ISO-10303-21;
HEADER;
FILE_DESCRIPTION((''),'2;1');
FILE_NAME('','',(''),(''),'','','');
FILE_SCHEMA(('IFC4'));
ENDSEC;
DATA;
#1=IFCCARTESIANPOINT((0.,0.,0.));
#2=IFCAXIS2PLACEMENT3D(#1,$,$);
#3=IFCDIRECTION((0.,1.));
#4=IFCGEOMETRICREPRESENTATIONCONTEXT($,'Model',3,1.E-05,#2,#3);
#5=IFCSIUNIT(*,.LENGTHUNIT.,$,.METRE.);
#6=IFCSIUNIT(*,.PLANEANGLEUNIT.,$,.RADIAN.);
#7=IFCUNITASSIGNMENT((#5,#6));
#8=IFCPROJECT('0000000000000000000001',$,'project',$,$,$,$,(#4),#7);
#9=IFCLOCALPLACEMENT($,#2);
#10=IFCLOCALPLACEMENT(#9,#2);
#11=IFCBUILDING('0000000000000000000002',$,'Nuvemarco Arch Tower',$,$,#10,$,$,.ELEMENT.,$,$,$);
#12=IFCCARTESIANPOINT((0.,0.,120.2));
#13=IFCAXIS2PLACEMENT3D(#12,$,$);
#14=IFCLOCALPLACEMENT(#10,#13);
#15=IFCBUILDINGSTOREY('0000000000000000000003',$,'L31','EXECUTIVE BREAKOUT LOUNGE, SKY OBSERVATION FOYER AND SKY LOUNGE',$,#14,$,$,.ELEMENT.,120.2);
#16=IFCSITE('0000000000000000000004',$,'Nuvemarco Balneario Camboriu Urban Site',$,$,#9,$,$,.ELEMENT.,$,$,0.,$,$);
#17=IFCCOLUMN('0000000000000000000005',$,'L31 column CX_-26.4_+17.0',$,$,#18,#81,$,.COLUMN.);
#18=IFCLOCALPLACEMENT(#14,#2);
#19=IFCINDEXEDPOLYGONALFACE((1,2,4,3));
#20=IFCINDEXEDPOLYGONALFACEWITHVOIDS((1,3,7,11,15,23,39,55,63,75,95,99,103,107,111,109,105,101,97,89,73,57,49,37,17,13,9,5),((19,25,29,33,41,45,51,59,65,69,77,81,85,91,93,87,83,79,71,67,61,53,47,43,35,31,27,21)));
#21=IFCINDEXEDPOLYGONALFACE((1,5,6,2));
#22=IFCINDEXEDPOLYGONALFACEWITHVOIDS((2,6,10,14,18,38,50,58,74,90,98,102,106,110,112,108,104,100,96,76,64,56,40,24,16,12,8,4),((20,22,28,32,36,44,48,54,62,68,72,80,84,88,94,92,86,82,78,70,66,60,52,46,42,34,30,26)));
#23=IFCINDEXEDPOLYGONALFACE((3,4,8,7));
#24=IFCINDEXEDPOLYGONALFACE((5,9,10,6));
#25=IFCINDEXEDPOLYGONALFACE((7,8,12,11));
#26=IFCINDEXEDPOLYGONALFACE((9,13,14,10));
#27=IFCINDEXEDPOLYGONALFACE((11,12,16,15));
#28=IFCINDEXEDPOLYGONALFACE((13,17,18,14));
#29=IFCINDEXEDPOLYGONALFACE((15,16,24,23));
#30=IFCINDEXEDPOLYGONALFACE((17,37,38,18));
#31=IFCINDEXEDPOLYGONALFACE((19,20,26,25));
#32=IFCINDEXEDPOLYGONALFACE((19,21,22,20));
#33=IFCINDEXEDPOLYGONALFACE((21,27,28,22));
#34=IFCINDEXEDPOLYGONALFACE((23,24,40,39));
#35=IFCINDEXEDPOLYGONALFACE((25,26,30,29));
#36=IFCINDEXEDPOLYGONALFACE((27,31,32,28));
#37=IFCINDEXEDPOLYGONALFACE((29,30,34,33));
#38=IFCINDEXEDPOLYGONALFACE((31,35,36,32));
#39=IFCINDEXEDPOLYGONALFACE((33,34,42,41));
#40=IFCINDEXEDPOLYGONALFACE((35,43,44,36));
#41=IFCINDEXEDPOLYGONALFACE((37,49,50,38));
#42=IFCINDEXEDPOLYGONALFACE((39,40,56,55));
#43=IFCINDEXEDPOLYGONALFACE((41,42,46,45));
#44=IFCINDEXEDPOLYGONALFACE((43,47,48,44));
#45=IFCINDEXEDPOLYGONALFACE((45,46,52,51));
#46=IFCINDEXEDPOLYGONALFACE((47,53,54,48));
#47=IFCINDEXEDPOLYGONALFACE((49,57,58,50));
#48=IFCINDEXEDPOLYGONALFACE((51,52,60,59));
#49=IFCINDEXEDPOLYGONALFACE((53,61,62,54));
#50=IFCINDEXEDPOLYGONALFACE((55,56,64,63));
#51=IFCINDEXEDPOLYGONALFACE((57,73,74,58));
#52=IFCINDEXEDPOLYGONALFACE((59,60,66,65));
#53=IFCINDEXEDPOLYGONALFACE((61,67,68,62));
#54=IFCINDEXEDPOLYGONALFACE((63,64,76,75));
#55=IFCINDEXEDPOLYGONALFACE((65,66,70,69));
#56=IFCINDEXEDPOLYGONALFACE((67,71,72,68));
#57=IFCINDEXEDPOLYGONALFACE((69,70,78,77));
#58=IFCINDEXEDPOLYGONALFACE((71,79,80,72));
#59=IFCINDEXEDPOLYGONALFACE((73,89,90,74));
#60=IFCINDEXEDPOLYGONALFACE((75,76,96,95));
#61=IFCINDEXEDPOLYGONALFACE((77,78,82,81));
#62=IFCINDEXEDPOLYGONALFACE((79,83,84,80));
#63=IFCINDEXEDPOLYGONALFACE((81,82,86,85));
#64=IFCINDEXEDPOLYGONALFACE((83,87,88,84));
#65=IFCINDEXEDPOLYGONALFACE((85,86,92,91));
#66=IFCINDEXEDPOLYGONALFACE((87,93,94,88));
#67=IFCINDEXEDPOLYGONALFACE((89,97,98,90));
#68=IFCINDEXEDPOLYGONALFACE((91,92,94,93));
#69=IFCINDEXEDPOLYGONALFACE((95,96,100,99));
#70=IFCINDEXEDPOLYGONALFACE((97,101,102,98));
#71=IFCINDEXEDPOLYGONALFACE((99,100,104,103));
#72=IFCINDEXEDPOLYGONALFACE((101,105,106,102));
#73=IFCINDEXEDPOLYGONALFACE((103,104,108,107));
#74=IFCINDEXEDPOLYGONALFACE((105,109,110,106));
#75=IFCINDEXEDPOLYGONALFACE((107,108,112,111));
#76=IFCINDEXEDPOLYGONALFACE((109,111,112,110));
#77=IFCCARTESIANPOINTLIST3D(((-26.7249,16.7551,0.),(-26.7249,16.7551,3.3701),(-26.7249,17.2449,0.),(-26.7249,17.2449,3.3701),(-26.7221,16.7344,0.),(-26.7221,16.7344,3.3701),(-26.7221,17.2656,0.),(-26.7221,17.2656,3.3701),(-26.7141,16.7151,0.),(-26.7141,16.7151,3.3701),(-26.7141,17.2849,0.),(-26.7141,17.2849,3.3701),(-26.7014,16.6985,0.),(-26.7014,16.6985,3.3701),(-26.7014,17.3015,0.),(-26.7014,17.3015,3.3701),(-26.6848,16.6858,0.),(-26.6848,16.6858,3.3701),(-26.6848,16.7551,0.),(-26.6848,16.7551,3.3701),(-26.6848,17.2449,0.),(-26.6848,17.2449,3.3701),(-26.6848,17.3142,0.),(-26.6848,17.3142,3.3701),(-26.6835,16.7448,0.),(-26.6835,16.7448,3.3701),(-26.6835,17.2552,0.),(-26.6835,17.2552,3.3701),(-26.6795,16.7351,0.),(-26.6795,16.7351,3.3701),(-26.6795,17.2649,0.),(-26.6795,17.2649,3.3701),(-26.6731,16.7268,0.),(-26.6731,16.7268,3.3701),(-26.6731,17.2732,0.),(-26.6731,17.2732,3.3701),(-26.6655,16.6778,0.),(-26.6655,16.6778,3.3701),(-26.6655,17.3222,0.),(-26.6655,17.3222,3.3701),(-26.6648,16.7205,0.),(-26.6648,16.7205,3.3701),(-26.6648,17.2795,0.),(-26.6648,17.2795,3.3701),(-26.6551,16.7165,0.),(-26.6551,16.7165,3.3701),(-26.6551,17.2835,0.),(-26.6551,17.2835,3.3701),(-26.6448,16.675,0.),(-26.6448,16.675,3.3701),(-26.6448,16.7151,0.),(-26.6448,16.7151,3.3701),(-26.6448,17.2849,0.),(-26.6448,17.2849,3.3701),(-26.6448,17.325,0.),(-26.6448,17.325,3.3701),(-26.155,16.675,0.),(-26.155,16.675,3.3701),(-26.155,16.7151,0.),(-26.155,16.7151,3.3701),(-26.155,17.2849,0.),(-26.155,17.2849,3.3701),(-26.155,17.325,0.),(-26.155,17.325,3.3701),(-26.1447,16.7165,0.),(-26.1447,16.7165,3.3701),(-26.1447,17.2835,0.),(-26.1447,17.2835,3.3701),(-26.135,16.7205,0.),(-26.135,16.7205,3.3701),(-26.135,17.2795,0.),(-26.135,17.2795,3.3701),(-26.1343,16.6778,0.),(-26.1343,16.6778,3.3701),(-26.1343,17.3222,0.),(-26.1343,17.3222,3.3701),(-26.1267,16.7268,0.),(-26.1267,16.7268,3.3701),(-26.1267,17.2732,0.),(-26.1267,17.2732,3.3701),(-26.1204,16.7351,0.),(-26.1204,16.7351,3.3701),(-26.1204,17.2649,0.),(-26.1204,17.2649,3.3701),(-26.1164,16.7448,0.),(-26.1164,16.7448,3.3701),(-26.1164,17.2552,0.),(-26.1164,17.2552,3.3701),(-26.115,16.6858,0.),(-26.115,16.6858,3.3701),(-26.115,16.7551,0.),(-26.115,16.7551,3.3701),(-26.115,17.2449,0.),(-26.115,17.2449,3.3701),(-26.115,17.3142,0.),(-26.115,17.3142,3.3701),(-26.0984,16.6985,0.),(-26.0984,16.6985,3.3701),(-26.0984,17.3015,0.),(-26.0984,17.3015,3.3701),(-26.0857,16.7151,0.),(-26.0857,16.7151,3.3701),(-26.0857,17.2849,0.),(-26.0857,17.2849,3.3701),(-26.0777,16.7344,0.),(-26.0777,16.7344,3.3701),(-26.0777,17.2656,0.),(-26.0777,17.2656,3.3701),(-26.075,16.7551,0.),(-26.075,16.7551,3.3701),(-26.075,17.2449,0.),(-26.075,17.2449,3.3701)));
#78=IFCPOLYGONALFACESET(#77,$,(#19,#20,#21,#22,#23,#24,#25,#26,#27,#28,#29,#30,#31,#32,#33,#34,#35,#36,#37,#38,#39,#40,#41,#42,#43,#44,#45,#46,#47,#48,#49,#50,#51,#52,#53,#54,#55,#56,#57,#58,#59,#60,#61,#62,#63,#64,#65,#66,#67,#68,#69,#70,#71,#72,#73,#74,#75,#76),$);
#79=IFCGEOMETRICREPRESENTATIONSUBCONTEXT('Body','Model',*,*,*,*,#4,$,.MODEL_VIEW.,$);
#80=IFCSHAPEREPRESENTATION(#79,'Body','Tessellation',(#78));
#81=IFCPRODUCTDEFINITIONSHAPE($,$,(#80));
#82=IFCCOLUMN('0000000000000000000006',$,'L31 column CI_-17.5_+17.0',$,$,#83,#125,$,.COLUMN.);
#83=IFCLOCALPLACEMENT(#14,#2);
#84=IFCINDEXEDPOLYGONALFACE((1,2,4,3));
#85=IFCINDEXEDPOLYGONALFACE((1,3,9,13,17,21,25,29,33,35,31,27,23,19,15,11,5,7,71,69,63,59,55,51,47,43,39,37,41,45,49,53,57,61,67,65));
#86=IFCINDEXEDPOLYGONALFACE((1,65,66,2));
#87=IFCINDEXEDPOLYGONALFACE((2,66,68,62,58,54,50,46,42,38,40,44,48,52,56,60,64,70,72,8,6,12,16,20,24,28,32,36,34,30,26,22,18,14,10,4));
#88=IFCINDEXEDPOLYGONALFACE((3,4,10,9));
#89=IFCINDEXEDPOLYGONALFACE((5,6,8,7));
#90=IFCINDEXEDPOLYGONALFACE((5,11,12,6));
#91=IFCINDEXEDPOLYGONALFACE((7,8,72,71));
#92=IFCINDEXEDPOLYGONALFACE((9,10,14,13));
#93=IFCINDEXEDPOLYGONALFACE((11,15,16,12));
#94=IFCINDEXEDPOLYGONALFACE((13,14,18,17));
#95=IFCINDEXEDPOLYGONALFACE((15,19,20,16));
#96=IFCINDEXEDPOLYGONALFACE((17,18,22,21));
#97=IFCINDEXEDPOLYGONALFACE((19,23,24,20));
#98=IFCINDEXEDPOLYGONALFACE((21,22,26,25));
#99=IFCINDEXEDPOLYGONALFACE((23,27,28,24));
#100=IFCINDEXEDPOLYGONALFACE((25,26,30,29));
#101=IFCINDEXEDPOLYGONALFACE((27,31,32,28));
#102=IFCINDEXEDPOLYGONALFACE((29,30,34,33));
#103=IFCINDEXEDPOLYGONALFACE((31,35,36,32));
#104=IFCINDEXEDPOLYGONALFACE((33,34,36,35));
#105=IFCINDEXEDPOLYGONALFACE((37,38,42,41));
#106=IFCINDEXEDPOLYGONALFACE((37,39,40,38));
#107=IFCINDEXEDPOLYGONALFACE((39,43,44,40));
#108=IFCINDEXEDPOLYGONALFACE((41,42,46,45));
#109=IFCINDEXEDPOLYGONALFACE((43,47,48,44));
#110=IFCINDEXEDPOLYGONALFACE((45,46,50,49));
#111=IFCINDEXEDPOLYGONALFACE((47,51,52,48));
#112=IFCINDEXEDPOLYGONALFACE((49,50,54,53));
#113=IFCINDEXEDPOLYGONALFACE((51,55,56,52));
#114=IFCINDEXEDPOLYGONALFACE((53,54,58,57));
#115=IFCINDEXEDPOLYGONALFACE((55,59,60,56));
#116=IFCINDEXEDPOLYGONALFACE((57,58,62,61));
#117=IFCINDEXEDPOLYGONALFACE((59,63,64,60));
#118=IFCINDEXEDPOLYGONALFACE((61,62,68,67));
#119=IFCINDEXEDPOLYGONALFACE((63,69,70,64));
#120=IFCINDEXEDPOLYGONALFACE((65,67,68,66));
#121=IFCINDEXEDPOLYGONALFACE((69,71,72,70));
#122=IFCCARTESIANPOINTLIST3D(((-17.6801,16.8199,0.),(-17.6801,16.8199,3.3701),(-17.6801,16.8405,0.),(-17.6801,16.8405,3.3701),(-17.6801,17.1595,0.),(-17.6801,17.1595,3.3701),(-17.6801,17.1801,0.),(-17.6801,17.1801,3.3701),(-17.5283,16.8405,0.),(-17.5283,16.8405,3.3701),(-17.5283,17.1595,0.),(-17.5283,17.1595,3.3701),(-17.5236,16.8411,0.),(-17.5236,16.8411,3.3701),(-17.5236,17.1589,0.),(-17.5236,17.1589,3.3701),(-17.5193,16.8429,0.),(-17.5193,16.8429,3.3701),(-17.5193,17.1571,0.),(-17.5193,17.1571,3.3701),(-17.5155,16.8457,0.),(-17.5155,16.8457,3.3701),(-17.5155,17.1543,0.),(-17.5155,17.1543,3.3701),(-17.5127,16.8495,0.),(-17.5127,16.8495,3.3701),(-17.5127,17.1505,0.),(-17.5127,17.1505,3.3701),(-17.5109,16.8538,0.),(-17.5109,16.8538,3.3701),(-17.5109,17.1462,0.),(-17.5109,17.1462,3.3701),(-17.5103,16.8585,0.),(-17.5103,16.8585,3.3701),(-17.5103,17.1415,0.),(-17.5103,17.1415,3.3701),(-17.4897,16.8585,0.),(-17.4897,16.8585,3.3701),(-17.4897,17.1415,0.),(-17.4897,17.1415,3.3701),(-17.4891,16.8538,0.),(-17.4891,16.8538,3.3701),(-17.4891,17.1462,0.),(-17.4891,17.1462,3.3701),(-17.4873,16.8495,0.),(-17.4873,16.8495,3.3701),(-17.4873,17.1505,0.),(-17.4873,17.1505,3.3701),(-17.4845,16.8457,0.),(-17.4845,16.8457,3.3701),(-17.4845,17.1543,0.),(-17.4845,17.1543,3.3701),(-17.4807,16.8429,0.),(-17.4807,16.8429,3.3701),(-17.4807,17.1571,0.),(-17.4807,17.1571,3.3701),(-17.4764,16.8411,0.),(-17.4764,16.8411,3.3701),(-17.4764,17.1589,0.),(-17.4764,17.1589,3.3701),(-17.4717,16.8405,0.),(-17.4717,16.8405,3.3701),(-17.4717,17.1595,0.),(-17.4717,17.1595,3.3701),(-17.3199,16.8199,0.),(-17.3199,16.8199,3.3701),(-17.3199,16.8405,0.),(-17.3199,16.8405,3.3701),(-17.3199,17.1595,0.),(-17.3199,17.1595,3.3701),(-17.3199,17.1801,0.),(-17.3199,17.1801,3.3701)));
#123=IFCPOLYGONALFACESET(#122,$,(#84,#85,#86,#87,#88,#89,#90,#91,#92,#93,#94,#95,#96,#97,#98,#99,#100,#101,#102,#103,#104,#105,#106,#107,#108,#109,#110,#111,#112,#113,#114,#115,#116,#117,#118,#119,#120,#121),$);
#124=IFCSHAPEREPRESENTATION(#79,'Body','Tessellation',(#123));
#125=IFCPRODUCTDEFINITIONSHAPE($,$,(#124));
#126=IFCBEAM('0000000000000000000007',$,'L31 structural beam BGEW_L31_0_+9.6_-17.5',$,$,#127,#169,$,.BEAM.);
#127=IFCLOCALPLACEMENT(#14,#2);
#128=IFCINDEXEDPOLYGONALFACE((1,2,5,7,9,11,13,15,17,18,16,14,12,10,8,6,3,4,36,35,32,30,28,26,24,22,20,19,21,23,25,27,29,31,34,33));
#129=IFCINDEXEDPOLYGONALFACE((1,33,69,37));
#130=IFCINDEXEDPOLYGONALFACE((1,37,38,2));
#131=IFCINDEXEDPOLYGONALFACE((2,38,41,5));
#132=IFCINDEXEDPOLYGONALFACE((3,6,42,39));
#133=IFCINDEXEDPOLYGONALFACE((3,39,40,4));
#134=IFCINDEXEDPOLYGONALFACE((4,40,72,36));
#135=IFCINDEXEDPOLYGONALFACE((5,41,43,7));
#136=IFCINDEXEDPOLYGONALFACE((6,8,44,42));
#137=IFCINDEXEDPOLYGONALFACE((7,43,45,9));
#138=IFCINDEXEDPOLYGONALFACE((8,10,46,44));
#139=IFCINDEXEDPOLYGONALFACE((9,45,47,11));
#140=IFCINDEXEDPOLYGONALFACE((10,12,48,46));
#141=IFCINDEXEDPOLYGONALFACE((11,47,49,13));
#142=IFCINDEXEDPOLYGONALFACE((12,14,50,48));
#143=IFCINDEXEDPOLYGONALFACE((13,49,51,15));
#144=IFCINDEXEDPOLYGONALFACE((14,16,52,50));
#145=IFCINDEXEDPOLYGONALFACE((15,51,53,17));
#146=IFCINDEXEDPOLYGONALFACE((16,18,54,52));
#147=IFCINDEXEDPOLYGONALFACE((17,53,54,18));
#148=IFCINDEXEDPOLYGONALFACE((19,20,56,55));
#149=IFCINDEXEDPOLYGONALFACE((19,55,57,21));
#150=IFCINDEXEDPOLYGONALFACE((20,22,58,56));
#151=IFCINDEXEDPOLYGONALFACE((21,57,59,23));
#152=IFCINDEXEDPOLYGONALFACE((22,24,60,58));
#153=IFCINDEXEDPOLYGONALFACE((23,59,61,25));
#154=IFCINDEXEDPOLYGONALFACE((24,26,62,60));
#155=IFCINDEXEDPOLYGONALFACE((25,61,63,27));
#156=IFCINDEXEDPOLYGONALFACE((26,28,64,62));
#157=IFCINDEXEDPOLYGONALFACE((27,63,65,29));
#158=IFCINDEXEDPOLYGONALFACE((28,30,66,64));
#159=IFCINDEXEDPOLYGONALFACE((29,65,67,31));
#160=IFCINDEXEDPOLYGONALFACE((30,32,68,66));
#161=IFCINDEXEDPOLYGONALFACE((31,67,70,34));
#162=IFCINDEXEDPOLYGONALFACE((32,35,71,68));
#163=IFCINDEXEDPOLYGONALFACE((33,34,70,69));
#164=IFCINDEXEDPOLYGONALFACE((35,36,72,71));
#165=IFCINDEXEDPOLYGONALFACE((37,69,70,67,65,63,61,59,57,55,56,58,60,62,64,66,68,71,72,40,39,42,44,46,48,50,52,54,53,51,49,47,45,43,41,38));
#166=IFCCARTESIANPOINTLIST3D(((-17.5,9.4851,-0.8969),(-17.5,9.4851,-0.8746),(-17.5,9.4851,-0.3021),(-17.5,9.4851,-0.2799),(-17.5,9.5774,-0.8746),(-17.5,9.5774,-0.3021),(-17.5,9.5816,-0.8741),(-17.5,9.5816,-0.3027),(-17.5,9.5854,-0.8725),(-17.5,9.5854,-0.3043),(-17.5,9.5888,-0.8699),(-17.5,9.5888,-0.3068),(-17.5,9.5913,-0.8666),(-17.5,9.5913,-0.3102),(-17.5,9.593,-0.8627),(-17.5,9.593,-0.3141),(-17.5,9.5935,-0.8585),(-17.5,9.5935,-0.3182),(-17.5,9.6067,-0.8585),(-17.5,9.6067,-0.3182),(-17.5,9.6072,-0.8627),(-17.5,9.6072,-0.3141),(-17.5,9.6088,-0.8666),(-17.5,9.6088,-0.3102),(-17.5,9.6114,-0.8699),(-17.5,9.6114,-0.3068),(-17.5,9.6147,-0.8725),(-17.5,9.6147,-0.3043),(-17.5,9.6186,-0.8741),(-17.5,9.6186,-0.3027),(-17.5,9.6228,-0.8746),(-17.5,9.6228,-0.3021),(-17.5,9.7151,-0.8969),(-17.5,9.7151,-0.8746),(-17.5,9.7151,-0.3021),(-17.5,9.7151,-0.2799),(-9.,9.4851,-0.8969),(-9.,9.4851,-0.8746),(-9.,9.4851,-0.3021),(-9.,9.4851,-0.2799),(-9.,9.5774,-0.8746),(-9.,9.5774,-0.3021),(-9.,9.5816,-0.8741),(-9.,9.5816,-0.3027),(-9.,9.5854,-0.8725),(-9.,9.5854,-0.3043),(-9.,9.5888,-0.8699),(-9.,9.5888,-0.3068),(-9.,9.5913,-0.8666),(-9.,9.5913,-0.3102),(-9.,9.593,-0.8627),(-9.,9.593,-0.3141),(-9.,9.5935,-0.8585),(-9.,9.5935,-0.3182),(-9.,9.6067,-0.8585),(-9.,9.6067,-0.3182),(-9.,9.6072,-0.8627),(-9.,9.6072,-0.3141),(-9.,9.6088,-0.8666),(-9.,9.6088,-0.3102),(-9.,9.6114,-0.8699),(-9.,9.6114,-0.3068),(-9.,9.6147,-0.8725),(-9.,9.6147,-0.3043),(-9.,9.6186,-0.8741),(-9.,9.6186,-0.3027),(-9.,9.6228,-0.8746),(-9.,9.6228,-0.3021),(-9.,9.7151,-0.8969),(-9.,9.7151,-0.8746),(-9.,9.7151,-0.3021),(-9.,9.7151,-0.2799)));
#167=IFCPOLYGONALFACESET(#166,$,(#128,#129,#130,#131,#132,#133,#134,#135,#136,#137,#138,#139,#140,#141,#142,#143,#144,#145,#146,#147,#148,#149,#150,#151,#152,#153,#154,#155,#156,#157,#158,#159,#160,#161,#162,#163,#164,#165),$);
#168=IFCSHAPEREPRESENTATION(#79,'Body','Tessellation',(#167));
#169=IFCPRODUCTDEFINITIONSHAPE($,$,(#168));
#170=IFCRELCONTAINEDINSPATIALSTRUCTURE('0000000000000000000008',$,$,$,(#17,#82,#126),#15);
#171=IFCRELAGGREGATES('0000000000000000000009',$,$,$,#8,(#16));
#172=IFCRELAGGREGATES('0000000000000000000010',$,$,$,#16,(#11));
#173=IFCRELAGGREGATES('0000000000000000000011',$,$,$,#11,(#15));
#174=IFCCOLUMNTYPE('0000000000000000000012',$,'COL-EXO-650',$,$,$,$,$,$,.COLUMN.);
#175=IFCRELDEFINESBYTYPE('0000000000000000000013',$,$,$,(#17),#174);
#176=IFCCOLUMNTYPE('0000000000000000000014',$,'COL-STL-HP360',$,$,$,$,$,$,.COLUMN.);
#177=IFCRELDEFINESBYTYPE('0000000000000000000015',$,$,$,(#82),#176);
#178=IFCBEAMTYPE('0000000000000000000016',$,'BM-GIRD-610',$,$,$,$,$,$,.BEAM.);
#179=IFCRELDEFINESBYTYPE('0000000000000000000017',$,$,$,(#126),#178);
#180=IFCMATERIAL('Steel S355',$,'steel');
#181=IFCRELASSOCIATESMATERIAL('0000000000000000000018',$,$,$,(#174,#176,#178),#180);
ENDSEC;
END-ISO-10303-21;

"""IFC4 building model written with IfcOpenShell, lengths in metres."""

from ifc_helpers import new_model, si_unit, direction, frame, origin, origin_2d, place, context, subcontext, project, spatial, hollow_rectangle, i_section, extrude, material, material_profile, profile_set, type_object, element, save


model = new_model("IFC4")

# Units and contexts
model_context = context("Model", 3, precision=1e-05, world=origin(), true_north=direction((0.0, 1.0)))
body_context = subcontext(model_context, "Body", "Model", "MODEL_VIEW")
ifc_project = project(units=[si_unit("LENGTHUNIT", "METRE"), si_unit("PLANEANGLEUNIT", "RADIAN")], contexts=[model_context])

# Site, building, storey
site_placement = place(None, origin())
site = spatial("IfcSite", under=ifc_project, at=site_placement, Name="Nuvemarco Balneario Camboriu Urban Site", CompositionType="ELEMENT", RefElevation=0.0)
building_placement = place(site_placement, origin())
building = spatial("IfcBuilding", under=site, at=building_placement, Name="Nuvemarco Arch Tower", CompositionType="ELEMENT")
storey_placement = place(building_placement, frame((0.0, 0.0, 120.2)))
storey = spatial("IfcBuildingStorey", under=building, at=storey_placement, Name="L31", Description="EXECUTIVE BREAKOUT LOUNGE, SKY OBSERVATION FOYER AND SKY LOUNGE", CompositionType="ELEMENT", Elevation=120.2)

# Columns
ifc_material_1 = material(Name="Steel S355", Category="steel")
ifc_material_profile_1 = material_profile(ifc_material_1, hollow_rectangle(XDim=0.6499, YDim=0.6499, WallThickness=0.04, InnerFilletRadius=0.04, OuterFilletRadius=0.0801, at=origin_2d()), Name="SHS650x650x40")
ifc_profile_set_1 = profile_set([ifc_material_profile_1], Name="Steel S355")
column_type_1 = type_object("IfcColumnType", Name="COL-EXO-650", PredefinedType="COLUMN", material=ifc_profile_set_1)
column_1_placement = place(storey_placement, frame((-26.3999, 17.0, 0.0), z_axis=(0.0, 0.0, 1.0), x_axis=(1.0, 0.0, 0.0)))
element("IfcColumn", 1, at=column_1_placement, inside=storey, type_object=column_type_1, Name="L31 column CX_-26.4_+17.0", PredefinedType="COLUMN", context=body_context, shape_type="SweptSolid", body=[
    extrude(hollow_rectangle(XDim=0.6499, YDim=0.6499, WallThickness=0.04, InnerFilletRadius=0.04, OuterFilletRadius=0.0801, at=origin_2d()), origin(), (0.0, 0.0, 1.0), 3.3701),
])
ifc_material_profile_2 = material_profile(ifc_material_1, i_section(OverallWidth=0.3601, OverallDepth=0.3601, WebThickness=0.0205, FlangeThickness=0.0205, FilletRadius=0.0181, at=origin_2d()), Name="HP360x174")
ifc_profile_set_2 = profile_set([ifc_material_profile_2], Name="Steel S355")
column_type_2 = type_object("IfcColumnType", Name="COL-STL-HP360", PredefinedType="COLUMN", material=ifc_profile_set_2)
column_2_placement = place(storey_placement, frame((-17.5, 17.0, 0.0), z_axis=(0.0, 0.0, 1.0), x_axis=(1.0, 0.0, 0.0)))
element("IfcColumn", 2, at=column_2_placement, inside=storey, type_object=column_type_2, Name="L31 column CI_-17.5_+17.0", PredefinedType="COLUMN", context=body_context, shape_type="SweptSolid", body=[
    extrude(i_section(OverallWidth=0.3601, OverallDepth=0.3601, WebThickness=0.0205, FlangeThickness=0.0205, FilletRadius=0.0181, at=origin_2d()), origin(), (0.0, 0.0, 1.0), 3.3701),
])

# Beam
ifc_material_profile_3 = material_profile(ifc_material_1, i_section(OverallWidth=0.23, OverallDepth=0.6169, WebThickness=0.0132, FlangeThickness=0.0222, FilletRadius=0.0161, at=origin_2d()), Name="W610x140")
ifc_profile_set_3 = profile_set([ifc_material_profile_3], Name="Steel S355")
beam_type_1 = type_object("IfcBeamType", Name="BM-GIRD-610", PredefinedType="BEAM", material=ifc_profile_set_3)
beam_1_placement = place(storey_placement, frame((-17.5, 9.6001, -0.5884), z_axis=(1.0, 0.0, 0.0), x_axis=(0.0, 1.0, 0.0)))
element("IfcBeam", 3, at=beam_1_placement, inside=storey, type_object=beam_type_1, Name="L31 structural beam BGEW_L31_0_+9.6_-17.5", PredefinedType="BEAM", context=body_context, shape_type="SweptSolid", body=[
    extrude(i_section(OverallWidth=0.23, OverallDepth=0.6169, WebThickness=0.0132, FlangeThickness=0.0222, FilletRadius=0.0161, at=origin_2d()), origin(), (0.0, 0.0, 1.0), 8.5),
])

save(model, "model.ifc")
